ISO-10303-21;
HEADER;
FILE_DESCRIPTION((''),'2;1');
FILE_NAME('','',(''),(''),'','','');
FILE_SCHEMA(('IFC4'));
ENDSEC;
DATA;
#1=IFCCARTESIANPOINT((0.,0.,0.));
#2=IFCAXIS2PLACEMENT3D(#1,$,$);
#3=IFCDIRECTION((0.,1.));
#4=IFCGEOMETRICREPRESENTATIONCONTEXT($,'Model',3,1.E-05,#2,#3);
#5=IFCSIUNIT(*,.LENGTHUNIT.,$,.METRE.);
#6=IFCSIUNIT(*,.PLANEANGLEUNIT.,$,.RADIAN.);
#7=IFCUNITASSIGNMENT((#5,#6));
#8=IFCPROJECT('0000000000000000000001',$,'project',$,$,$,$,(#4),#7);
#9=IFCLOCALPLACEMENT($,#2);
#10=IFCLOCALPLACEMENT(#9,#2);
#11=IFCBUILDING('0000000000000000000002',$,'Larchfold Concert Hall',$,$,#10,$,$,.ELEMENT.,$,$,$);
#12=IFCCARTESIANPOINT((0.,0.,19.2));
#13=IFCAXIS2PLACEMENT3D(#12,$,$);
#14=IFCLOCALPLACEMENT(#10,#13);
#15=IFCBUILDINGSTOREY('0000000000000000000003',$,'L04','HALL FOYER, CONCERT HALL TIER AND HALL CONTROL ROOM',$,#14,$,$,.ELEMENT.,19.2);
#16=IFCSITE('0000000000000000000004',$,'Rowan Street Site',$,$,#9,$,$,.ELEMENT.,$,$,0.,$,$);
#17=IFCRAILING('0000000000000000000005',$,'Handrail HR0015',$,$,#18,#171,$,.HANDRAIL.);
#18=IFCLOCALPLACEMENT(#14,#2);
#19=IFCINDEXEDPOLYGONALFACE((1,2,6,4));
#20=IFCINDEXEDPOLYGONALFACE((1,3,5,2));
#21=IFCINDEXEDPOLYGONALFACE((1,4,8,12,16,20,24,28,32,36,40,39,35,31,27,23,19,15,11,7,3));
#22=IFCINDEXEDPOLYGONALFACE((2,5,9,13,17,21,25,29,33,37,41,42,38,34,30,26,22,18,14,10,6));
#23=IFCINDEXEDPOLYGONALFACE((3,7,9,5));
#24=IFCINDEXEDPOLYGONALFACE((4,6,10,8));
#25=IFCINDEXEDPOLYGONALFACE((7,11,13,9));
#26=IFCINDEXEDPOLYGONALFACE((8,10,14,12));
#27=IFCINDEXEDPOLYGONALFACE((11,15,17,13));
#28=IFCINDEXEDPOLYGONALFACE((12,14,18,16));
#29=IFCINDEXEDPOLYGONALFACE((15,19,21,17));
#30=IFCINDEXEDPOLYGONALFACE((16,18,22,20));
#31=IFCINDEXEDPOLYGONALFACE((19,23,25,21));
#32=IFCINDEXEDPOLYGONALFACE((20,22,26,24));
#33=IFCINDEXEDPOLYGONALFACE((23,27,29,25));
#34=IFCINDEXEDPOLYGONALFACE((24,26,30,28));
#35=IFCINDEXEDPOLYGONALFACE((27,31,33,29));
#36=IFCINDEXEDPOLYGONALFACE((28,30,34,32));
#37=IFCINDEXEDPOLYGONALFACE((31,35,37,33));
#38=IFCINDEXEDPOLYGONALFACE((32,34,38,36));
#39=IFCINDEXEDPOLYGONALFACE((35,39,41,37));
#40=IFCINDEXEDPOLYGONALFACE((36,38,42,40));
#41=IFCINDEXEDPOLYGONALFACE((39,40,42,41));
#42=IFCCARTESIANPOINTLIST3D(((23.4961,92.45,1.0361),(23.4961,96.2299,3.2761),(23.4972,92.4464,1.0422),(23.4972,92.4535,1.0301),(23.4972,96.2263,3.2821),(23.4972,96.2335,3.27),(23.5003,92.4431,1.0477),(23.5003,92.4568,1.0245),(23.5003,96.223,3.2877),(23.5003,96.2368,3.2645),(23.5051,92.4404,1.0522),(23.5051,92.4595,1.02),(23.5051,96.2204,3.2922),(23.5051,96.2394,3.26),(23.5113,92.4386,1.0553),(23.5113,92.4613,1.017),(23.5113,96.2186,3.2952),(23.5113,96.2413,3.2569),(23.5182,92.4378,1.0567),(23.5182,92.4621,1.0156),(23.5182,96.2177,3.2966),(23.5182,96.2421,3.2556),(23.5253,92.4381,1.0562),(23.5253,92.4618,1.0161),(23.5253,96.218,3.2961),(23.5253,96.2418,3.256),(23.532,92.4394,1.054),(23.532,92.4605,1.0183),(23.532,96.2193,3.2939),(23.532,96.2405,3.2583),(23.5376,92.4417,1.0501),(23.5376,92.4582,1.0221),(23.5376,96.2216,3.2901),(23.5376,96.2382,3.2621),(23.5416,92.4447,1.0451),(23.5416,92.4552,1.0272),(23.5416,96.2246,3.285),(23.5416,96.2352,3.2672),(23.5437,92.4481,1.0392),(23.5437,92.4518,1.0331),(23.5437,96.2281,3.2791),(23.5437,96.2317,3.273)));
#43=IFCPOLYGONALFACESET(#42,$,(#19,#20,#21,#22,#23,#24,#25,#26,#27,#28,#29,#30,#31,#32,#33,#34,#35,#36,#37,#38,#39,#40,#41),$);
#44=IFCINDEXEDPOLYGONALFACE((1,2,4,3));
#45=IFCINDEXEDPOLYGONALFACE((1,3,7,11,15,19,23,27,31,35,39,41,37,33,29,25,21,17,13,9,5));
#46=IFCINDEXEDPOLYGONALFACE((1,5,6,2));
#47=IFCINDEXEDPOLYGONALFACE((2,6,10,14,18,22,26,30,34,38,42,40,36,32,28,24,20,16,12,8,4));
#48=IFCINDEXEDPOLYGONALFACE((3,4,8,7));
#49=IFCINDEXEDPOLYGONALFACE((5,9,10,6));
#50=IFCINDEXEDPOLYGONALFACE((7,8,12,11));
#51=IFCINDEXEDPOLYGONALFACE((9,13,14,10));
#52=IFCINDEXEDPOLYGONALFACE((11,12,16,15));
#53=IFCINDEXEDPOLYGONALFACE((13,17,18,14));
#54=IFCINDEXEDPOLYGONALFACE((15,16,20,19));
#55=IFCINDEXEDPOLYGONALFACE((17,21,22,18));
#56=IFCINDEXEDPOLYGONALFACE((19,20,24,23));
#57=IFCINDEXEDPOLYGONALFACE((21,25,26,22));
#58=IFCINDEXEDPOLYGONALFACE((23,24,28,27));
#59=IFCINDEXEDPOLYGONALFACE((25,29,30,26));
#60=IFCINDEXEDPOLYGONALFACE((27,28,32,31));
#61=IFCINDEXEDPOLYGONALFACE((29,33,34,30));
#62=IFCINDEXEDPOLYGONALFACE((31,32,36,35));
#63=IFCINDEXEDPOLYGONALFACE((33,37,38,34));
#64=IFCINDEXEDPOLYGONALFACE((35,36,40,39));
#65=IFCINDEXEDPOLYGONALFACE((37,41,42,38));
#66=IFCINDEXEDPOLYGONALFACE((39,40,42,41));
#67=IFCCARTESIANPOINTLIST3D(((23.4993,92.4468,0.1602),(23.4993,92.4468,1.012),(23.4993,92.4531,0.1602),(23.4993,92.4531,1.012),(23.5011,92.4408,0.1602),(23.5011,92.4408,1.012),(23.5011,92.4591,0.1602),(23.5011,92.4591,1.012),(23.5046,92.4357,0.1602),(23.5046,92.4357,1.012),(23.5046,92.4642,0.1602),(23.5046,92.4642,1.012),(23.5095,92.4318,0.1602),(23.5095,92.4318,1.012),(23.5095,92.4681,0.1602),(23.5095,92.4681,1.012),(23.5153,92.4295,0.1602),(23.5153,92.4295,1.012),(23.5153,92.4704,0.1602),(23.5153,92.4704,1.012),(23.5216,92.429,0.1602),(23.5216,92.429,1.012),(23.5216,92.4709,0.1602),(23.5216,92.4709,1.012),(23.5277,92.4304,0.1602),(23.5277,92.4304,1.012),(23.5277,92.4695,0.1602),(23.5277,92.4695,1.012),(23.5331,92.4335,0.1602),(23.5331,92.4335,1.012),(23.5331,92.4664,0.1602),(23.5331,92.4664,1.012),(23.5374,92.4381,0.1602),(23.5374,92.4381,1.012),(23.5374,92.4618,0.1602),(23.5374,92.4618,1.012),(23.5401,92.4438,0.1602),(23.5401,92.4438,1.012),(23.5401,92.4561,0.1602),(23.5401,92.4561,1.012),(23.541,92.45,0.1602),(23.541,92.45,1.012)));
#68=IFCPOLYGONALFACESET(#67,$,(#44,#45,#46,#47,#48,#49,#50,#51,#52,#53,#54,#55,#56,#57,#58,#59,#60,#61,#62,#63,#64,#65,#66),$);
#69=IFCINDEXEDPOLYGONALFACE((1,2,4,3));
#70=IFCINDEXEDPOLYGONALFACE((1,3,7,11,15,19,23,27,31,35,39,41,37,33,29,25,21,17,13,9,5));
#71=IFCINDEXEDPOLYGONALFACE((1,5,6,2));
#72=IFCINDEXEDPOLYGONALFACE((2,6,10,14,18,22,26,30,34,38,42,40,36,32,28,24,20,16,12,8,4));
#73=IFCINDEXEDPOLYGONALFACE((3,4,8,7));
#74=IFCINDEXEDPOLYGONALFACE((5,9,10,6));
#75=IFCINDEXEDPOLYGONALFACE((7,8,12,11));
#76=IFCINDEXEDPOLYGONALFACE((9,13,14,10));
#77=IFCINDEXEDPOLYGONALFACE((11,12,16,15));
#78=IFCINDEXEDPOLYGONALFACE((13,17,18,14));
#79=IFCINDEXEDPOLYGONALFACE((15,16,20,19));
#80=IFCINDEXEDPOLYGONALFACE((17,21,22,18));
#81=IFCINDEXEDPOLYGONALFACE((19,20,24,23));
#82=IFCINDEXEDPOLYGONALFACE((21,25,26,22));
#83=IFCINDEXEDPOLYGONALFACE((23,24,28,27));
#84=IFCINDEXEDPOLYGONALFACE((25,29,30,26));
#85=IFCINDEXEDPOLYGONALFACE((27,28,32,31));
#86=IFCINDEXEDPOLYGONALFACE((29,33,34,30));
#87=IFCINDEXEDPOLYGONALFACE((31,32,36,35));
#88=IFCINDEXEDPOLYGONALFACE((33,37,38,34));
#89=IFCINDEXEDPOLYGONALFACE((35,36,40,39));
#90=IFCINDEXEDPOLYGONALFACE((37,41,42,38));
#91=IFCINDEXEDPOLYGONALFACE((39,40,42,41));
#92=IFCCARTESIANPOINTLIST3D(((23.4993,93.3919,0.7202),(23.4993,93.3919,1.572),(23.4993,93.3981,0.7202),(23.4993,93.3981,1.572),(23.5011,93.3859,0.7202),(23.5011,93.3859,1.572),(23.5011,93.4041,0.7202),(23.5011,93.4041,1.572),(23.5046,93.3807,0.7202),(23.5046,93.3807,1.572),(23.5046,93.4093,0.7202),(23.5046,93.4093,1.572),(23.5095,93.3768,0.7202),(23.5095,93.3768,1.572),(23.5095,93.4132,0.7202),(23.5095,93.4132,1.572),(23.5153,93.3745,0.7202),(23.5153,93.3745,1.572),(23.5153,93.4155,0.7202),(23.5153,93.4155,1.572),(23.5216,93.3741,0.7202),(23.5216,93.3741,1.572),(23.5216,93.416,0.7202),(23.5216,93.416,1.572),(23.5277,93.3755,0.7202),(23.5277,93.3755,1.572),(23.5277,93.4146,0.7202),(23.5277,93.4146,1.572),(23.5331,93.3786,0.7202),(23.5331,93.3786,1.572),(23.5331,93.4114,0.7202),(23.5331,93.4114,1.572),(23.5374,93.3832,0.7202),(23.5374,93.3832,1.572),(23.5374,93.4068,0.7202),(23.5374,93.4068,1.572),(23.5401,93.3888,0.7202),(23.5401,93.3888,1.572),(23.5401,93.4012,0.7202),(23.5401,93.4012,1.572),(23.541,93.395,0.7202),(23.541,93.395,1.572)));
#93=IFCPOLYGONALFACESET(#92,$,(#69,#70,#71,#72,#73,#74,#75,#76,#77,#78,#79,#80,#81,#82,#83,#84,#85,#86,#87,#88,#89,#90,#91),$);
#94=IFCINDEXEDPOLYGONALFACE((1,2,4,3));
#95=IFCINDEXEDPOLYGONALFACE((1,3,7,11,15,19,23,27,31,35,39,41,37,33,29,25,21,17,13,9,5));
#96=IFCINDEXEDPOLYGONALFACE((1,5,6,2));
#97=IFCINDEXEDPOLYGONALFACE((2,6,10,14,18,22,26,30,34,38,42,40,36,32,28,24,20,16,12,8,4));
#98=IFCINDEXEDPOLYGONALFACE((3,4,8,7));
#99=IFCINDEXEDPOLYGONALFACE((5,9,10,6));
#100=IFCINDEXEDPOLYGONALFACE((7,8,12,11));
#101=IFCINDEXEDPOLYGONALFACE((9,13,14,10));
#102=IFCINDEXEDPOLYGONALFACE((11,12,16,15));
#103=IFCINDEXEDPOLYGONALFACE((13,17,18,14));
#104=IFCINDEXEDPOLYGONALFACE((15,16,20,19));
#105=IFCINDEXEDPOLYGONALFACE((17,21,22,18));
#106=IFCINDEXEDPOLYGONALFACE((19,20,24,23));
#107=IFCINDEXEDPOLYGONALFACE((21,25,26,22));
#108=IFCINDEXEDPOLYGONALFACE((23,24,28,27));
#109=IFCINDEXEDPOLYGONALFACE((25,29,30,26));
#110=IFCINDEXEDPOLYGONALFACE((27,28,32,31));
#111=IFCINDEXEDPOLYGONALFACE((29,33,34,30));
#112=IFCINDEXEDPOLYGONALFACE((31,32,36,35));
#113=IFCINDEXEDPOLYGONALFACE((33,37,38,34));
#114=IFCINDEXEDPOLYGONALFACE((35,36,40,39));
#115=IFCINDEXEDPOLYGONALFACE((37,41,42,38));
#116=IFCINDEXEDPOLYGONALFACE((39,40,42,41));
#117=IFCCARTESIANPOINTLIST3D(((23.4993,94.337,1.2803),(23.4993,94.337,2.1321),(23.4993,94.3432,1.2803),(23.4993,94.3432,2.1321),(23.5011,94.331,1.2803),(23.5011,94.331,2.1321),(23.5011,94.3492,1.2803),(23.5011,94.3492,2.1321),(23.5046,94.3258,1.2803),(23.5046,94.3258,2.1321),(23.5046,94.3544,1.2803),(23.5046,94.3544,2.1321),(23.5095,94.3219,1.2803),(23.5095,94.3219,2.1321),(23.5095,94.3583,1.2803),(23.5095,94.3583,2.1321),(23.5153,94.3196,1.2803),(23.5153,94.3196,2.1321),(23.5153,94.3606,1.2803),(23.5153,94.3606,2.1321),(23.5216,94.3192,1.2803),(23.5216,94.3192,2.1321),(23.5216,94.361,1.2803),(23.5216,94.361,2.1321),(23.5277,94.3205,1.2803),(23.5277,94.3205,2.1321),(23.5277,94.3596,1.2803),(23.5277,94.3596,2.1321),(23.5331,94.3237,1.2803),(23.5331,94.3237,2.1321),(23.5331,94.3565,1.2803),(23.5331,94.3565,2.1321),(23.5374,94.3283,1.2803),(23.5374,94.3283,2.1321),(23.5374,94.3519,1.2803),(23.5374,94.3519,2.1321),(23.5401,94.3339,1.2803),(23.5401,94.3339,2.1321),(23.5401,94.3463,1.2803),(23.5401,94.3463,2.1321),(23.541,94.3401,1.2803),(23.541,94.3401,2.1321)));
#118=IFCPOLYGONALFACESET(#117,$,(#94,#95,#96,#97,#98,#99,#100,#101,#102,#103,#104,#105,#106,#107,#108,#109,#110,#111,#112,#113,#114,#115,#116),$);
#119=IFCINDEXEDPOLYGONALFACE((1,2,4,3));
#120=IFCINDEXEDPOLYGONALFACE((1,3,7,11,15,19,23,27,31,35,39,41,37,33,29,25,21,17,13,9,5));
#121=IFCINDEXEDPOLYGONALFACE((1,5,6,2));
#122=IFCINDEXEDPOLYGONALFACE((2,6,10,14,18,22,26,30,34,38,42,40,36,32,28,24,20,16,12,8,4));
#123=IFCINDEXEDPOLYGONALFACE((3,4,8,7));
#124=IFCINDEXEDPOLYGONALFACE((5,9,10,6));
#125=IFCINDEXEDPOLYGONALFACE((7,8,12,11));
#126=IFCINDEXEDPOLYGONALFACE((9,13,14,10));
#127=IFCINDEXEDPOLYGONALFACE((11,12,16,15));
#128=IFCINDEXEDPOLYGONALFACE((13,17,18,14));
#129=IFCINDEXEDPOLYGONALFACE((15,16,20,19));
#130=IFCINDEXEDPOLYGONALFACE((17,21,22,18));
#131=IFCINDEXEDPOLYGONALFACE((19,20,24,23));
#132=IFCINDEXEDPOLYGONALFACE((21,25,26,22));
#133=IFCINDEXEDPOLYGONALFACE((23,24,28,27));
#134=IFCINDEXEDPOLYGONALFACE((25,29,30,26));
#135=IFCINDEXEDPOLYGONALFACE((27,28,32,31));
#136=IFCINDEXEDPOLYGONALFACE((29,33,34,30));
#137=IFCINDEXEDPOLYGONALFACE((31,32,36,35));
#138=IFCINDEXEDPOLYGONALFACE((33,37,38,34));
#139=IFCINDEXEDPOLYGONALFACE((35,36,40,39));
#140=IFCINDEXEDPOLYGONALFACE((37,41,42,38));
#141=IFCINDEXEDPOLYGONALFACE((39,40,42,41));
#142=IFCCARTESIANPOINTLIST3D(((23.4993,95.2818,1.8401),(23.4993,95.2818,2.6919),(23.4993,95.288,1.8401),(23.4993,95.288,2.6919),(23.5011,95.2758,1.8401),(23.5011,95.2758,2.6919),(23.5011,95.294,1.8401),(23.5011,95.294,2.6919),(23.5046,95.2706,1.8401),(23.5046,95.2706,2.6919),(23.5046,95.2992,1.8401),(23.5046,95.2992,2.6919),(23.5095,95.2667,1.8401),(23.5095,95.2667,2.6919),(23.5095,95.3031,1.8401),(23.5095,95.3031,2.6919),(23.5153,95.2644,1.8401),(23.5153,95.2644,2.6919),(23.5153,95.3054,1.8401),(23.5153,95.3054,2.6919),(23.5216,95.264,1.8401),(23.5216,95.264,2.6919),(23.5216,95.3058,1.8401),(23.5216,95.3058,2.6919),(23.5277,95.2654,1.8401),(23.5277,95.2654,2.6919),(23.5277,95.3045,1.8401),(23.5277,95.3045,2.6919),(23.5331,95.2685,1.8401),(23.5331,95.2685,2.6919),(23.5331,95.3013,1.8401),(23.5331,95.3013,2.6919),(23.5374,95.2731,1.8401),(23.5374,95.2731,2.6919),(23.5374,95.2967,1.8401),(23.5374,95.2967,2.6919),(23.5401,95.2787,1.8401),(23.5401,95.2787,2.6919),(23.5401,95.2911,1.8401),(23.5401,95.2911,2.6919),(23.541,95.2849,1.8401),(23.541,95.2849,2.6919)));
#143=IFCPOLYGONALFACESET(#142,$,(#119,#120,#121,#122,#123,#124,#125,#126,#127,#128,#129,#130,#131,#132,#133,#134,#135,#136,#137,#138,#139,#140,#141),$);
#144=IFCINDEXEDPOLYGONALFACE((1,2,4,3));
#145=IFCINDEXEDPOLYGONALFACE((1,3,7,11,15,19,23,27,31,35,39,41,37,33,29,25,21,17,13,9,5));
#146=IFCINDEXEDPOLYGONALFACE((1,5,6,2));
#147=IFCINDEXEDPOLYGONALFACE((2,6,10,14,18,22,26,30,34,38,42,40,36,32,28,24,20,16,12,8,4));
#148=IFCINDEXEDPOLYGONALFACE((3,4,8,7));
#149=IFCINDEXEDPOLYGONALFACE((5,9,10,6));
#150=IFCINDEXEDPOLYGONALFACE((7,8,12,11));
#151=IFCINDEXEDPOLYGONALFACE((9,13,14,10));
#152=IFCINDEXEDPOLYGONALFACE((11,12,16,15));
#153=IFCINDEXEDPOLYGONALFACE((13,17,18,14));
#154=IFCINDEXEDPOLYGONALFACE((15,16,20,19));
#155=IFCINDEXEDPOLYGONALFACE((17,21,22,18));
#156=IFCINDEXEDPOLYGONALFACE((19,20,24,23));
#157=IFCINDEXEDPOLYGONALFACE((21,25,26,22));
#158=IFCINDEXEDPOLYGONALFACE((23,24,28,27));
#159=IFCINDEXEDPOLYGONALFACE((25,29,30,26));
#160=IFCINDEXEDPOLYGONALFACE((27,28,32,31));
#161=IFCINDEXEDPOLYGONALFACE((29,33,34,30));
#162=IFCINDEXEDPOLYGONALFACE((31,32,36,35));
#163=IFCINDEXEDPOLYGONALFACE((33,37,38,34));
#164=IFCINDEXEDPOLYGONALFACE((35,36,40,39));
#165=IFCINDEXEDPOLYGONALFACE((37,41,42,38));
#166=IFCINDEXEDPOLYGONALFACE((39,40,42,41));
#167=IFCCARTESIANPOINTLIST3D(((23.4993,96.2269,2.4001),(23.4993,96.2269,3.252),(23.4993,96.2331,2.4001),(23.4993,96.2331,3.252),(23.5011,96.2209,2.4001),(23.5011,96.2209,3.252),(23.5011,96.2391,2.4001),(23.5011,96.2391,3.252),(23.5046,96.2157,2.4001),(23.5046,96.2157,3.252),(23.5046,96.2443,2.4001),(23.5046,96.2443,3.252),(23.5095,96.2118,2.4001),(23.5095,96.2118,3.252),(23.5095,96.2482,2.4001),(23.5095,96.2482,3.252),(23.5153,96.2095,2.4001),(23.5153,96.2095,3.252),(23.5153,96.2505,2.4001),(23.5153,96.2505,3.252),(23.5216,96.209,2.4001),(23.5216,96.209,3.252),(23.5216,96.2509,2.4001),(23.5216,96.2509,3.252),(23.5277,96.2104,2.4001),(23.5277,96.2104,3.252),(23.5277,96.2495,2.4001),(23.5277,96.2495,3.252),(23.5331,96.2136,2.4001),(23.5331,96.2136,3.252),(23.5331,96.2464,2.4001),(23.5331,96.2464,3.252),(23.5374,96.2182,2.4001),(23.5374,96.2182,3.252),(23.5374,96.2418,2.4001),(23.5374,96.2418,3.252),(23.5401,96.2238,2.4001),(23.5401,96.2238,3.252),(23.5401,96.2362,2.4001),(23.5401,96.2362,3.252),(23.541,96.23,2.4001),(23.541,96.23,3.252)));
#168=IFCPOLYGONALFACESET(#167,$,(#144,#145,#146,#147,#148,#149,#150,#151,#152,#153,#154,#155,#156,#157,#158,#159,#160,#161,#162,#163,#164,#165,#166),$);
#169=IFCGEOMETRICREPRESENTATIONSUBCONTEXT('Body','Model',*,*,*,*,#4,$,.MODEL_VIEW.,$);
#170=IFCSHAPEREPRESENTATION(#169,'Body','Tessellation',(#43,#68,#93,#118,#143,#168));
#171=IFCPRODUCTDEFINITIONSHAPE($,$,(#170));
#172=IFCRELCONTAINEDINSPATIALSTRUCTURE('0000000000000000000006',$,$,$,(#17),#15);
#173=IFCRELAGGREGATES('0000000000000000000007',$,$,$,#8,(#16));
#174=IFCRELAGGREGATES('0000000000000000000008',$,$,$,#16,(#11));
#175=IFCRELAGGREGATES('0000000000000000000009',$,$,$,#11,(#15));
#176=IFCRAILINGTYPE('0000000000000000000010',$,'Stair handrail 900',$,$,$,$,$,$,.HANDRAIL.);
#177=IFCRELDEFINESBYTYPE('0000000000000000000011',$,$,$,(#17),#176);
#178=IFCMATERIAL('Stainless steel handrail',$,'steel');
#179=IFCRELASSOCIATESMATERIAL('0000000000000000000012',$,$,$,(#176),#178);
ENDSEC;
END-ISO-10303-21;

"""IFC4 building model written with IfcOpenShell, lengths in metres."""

from ifc_helpers import new_model, si_unit, direction, frame, origin, origin_2d, place, context, subcontext, project, spatial, circle, extrude, material, type_object, element, save


model = new_model("IFC4")

# Units and contexts
model_context = context("Model", 3, precision=1e-05, world=origin(), true_north=direction((0.0, 1.0)))
body_context = subcontext(model_context, "Body", "Model", "MODEL_VIEW")
ifc_project = project(units=[si_unit("LENGTHUNIT", "METRE"), si_unit("PLANEANGLEUNIT", "RADIAN")], contexts=[model_context])

# Site, building, storey
site_placement = place(None, origin())
site = spatial("IfcSite", under=ifc_project, at=site_placement, Name="Rowan Street Site", CompositionType="ELEMENT", RefElevation=0.0)
building_placement = place(site_placement, origin())
building = spatial("IfcBuilding", under=site, at=building_placement, Name="Larchfold Concert Hall", CompositionType="ELEMENT")
storey_placement = place(building_placement, frame((0.0, 0.0, 19.2)))
storey = spatial("IfcBuildingStorey", under=building, at=storey_placement, Name="L04", Description="HALL FOYER, CONCERT HALL TIER AND HALL CONTROL ROOM", CompositionType="ELEMENT", Elevation=19.2)

# Railing
ifc_material_1 = material(Name="Stainless steel handrail", Category="steel")
railing_type_1 = type_object("IfcRailingType", Name="Stair handrail 900", PredefinedType="HANDRAIL", material=ifc_material_1)
railing_1_placement = place(storey_placement, frame((23.52, 92.45, 0.1602)))
element("IfcRailing", 1, at=railing_1_placement, inside=storey, type_object=railing_type_1, Name="Handrail HR0015", PredefinedType="HANDRAIL", context=body_context, shape_type="SweptSolid", body=[
    extrude(circle(Radius=0.0239, at=origin_2d()), frame((0.0, 0.0, 0.876), z_axis=(0.0, 0.860294, 0.509798), x_axis=(-1.0, 0.0, 0.0)), (0.0, 0.0, 1.0), 4.3938),
    extrude(circle(Radius=0.021, at=origin_2d()), origin(), (0.0, 0.0, 1.0), 0.8518),
    extrude(circle(Radius=0.021, at=origin_2d()), frame((0.0, 0.9451, 0.5601)), (0.0, 0.0, 1.0), 0.8518),
    extrude(circle(Radius=0.021, at=origin_2d()), frame((0.0, 1.8901, 1.1201)), (0.0, 0.0, 1.0), 0.8518),
    extrude(circle(Radius=0.021, at=origin_2d()), frame((0.0, 2.835, 1.6799)), (0.0, 0.0, 1.0), 0.8518),
    extrude(circle(Radius=0.021, at=origin_2d()), frame((0.0, 3.78, 2.24)), (0.0, 0.0, 1.0), 0.8518),
])

save(model, "model.ifc")
